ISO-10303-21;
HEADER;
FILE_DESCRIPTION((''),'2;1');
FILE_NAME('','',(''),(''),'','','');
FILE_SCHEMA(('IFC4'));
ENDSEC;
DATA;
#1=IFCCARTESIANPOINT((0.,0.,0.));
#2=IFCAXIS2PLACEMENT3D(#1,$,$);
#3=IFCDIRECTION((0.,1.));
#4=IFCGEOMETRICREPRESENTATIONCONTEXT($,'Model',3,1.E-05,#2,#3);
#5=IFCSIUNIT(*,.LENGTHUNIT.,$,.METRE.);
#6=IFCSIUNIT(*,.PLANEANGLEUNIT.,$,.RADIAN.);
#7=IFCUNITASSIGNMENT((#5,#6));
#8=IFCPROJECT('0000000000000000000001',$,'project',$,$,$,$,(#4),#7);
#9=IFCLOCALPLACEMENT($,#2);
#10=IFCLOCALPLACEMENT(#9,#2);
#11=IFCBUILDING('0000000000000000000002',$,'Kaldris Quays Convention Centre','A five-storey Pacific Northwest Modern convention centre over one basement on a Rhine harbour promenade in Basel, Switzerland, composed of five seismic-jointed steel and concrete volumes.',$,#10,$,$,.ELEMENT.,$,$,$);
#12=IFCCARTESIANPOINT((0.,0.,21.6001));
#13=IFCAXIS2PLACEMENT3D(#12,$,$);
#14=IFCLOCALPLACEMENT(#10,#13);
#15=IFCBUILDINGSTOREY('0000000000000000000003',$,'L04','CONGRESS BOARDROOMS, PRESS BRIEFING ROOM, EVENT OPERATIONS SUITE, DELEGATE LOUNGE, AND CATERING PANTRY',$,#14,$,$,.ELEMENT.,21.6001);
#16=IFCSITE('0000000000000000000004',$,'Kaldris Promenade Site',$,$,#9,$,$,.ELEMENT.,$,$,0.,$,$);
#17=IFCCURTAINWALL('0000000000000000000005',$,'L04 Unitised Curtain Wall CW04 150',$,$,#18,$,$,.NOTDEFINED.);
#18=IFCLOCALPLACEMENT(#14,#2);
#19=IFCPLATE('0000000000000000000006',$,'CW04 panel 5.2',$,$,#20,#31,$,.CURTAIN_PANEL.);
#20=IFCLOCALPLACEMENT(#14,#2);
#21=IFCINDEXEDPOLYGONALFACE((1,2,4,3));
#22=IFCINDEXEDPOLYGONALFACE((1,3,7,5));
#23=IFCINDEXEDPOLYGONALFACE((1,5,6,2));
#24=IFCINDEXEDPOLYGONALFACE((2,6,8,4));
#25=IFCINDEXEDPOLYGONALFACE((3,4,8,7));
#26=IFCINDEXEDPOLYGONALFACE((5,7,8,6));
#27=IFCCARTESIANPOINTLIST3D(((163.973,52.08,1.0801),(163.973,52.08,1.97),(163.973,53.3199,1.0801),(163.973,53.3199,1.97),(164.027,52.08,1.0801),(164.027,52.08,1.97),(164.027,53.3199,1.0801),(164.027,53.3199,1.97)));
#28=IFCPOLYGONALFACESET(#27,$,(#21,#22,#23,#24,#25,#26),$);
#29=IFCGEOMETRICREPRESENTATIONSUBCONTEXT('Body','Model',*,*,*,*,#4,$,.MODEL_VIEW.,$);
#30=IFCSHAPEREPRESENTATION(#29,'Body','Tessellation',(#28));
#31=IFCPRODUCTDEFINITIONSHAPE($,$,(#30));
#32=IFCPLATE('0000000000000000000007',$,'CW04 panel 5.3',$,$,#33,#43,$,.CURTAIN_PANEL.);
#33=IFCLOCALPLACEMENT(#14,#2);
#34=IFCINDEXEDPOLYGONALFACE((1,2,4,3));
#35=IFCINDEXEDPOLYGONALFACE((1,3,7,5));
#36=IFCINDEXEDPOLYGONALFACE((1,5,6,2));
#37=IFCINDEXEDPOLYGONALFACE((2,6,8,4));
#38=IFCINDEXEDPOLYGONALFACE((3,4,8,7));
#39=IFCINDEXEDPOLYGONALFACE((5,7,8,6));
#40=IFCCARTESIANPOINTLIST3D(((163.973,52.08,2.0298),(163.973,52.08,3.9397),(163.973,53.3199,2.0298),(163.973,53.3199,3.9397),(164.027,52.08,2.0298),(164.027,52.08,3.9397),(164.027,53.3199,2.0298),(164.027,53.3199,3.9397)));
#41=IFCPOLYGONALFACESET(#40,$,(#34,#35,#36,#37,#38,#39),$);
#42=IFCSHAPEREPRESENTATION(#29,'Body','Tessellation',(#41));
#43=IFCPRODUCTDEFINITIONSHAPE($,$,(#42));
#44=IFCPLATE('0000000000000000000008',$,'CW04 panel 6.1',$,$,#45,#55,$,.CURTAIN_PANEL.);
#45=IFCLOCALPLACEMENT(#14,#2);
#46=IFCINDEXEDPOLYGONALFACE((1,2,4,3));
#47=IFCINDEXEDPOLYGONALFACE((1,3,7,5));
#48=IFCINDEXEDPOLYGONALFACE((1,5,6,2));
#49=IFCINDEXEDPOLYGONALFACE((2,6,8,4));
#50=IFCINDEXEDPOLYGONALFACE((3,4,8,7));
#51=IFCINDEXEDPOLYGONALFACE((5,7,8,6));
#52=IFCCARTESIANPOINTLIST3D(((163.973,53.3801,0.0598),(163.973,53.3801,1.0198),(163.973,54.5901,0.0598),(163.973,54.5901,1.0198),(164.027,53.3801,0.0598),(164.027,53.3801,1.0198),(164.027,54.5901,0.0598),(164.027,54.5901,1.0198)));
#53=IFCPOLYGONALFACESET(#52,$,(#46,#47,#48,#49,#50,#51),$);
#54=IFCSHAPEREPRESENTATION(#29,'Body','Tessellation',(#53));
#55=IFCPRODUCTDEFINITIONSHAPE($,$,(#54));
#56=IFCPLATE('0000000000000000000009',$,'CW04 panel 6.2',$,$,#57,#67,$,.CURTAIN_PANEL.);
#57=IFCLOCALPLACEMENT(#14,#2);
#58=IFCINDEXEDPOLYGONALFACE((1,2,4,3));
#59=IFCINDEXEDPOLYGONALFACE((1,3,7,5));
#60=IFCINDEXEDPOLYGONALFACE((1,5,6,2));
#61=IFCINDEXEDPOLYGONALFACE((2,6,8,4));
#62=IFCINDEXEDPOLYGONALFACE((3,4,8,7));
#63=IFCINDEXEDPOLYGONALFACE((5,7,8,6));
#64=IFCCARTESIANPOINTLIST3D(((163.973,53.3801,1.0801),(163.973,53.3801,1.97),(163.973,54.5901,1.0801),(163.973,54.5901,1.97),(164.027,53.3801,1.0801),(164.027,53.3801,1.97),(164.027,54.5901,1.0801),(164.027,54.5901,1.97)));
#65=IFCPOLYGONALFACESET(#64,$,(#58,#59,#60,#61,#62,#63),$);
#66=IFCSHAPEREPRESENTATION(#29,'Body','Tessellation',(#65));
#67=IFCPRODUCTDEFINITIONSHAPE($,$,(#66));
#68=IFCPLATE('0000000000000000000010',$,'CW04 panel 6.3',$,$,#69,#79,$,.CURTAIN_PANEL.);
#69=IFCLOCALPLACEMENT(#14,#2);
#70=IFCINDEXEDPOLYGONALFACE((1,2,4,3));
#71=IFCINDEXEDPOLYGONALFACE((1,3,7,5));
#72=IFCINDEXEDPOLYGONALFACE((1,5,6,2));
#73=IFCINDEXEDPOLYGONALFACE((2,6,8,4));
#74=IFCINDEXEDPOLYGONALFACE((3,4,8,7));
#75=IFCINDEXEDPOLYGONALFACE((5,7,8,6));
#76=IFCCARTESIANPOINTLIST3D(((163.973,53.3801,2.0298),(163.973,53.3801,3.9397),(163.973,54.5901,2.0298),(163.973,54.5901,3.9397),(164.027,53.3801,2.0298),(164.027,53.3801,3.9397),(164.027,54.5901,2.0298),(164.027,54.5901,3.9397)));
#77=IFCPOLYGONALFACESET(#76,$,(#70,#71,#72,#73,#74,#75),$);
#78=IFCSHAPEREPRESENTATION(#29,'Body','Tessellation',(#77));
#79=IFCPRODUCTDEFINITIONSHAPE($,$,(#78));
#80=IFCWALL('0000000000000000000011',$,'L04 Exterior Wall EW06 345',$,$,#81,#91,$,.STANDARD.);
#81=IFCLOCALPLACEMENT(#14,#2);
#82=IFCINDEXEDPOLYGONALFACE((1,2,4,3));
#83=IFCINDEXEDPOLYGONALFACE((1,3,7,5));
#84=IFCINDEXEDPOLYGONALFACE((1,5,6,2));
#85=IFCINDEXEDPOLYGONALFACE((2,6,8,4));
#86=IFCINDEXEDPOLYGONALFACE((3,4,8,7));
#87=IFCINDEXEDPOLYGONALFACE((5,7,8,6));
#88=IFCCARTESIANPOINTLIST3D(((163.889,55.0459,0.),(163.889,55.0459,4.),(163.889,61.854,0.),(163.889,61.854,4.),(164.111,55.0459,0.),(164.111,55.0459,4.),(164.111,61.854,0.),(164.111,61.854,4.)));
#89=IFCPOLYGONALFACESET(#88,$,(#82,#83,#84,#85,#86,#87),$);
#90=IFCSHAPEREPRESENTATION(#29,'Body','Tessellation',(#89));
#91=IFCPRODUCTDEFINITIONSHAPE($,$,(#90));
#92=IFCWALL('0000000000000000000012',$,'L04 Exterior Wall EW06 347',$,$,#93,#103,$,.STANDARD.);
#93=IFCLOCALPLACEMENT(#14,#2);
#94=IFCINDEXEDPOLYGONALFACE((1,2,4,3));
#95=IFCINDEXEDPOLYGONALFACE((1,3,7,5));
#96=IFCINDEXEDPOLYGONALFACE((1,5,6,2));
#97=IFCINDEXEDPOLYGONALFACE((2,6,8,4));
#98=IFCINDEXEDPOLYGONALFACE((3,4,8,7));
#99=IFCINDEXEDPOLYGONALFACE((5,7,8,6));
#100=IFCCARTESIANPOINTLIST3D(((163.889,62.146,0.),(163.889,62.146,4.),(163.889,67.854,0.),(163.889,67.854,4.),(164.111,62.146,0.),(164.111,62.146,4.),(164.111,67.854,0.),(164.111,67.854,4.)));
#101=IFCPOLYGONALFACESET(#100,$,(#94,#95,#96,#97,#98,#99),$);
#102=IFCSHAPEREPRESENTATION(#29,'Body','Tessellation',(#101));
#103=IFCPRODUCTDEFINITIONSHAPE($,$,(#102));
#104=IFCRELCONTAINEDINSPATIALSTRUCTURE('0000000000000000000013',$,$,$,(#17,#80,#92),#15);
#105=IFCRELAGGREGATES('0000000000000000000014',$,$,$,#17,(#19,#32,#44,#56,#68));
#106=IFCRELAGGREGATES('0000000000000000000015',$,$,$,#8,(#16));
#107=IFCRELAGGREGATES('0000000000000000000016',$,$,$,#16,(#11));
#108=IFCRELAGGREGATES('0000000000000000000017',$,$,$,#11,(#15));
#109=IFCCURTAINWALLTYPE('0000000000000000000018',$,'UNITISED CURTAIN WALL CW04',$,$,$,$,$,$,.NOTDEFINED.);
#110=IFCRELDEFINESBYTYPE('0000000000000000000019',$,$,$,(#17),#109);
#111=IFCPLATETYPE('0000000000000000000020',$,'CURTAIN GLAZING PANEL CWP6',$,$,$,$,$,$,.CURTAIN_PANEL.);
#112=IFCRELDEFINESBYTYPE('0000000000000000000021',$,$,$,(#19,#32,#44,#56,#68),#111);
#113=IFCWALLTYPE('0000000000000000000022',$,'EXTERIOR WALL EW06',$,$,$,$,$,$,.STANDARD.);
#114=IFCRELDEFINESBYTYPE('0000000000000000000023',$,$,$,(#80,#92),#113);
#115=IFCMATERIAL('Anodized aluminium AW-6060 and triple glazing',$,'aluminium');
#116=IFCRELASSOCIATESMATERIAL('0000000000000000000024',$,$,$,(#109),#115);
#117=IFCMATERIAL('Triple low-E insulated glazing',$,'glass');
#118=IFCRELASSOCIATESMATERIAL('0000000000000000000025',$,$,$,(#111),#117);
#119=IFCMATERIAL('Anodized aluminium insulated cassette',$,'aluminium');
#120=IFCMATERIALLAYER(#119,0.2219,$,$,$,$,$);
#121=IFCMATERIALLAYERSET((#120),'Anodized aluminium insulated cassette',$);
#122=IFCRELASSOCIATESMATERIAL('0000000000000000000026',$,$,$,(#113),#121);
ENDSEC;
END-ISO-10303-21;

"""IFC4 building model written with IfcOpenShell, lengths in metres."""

from ifc_helpers import new_model, si_unit, direction, frame, frame_2d, origin, origin_2d, place, context, subcontext, project, spatial, rectangle, extrude, material, layer, layer_set, type_object, element, aggregate, save


model = new_model("IFC4")

# Units and contexts
model_context = context("Model", 3, precision=1e-05, world=origin(), true_north=direction((0.0, 1.0)))
body_context = subcontext(model_context, "Body", "Model", "MODEL_VIEW")
ifc_project = project(units=[si_unit("LENGTHUNIT", "METRE"), si_unit("PLANEANGLEUNIT", "RADIAN")], contexts=[model_context])

# Site, building, storey
site_placement = place(None, origin())
site = spatial("IfcSite", under=ifc_project, at=site_placement, Name="Kaldris Promenade Site", CompositionType="ELEMENT", RefElevation=0.0)
building_placement = place(site_placement, origin())
building = spatial("IfcBuilding", under=site, at=building_placement, Name="Kaldris Quays Convention Centre", Description="A five-storey Pacific Northwest Modern convention centre over one basement on a Rhine harbour promenade in Basel, Switzerland, composed of five seismic-jointed steel and concrete volumes.", CompositionType="ELEMENT")
storey_placement = place(building_placement, frame((0.0, 0.0, 21.6001)))
storey = spatial("IfcBuildingStorey", under=building, at=storey_placement, Name="L04", Description="CONGRESS BOARDROOMS, PRESS BRIEFING ROOM, EVENT OPERATIONS SUITE, DELEGATE LOUNGE, AND CATERING PANTRY", CompositionType="ELEMENT", Elevation=21.6001)

# Curtain wall
ifc_material_1 = material(Name="Anodized aluminium AW-6060 and triple glazing", Category="aluminium")
curtain_wall_type = type_object("IfcCurtainWallType", Name="UNITISED CURTAIN WALL CW04", PredefinedType="NOTDEFINED", material=ifc_material_1)
curtain_wall_placement = place(storey_placement, origin())
curtain_wall = element("IfcCurtainWall", 1, at=curtain_wall_placement, inside=storey, type_object=curtain_wall_type, Name="L04 Unitised Curtain Wall CW04 150", PredefinedType="NOTDEFINED")

# Plates
ifc_material_2 = material(Name="Triple low-E insulated glazing", Category="glass")
plate_type = type_object("IfcPlateType", Name="CURTAIN GLAZING PANEL CWP6", PredefinedType="CURTAIN_PANEL", material=ifc_material_2)
plate_1_placement = place(storey_placement, frame((164.0, 52.7, 1.0801), z_axis=(0.0, 0.0, 1.0), x_axis=(0.0, 1.0, 0.0)))
plate_1 = element("IfcPlate", 2, at=plate_1_placement, type_object=plate_type, Name="CW04 panel 5.2", PredefinedType="CURTAIN_PANEL", context=body_context, shape_type="SweptSolid", body=[
    extrude(rectangle(XDim=1.24, YDim=0.054, at=origin_2d()), origin(), (0.0, 0.0, 1.0), 0.8899),
])
plate_2_placement = place(storey_placement, frame((164.0, 52.7, 2.0298), z_axis=(0.0, 0.0, 1.0), x_axis=(0.0, 1.0, 0.0)))
plate_2 = element("IfcPlate", 3, at=plate_2_placement, type_object=plate_type, Name="CW04 panel 5.3", PredefinedType="CURTAIN_PANEL", context=body_context, shape_type="SweptSolid", body=[
    extrude(rectangle(XDim=1.24, YDim=0.054, at=origin_2d()), origin(), (0.0, 0.0, 1.0), 1.9099),
])
plate_3_placement = place(storey_placement, frame((164.0, 53.9851, 0.0598), z_axis=(0.0, 0.0, 1.0), x_axis=(0.0, 1.0, 0.0)))
plate_3 = element("IfcPlate", 4, at=plate_3_placement, type_object=plate_type, Name="CW04 panel 6.1", PredefinedType="CURTAIN_PANEL", context=body_context, shape_type="SweptSolid", body=[
    extrude(rectangle(XDim=1.21, YDim=0.054, at=origin_2d()), origin(), (0.0, 0.0, 1.0), 0.96),
])
plate_4_placement = place(storey_placement, frame((164.0, 53.9851, 1.0801), z_axis=(0.0, 0.0, 1.0), x_axis=(0.0, 1.0, 0.0)))
plate_4 = element("IfcPlate", 5, at=plate_4_placement, type_object=plate_type, Name="CW04 panel 6.2", PredefinedType="CURTAIN_PANEL", context=body_context, shape_type="SweptSolid", body=[
    extrude(rectangle(XDim=1.21, YDim=0.054, at=origin_2d()), origin(), (0.0, 0.0, 1.0), 0.8899),
])
plate_5_placement = place(storey_placement, frame((164.0, 53.9851, 2.0298), z_axis=(0.0, 0.0, 1.0), x_axis=(0.0, 1.0, 0.0)))
plate_5 = element("IfcPlate", 6, at=plate_5_placement, type_object=plate_type, Name="CW04 panel 6.3", PredefinedType="CURTAIN_PANEL", context=body_context, shape_type="SweptSolid", body=[
    extrude(rectangle(XDim=1.21, YDim=0.054, at=origin_2d()), origin(), (0.0, 0.0, 1.0), 1.9099),
])
aggregate(curtain_wall, [plate_1, plate_2, plate_3, plate_4, plate_5])

# Walls
ifc_material_3 = material(Name="Anodized aluminium insulated cassette", Category="aluminium")
ifc_layer = layer(ifc_material_3, 0.2219)
ifc_layer_set = layer_set([ifc_layer], Name="Anodized aluminium insulated cassette")
wall_type = type_object("IfcWallType", Name="EXTERIOR WALL EW06", PredefinedType="STANDARD", material=ifc_layer_set)
wall_1_placement = place(storey_placement, frame((164.0, 55.0459, 0.0), z_axis=(0.0, 0.0, 1.0), x_axis=(0.0, 1.0, 0.0)))
element("IfcWall", 7, at=wall_1_placement, inside=storey, type_object=wall_type, Name="L04 Exterior Wall EW06 345", PredefinedType="STANDARD", context=body_context, shape_type="SweptSolid", body=[
    extrude(rectangle(XDim=6.8081, YDim=0.2219, at=frame_2d((3.4041, 0.0))), origin(), (0.0, 0.0, 1.0), 4.0),
])
wall_2_placement = place(storey_placement, frame((164.0, 62.146, 0.0), z_axis=(0.0, 0.0, 1.0), x_axis=(0.0, 1.0, 0.0)))
element("IfcWall", 8, at=wall_2_placement, inside=storey, type_object=wall_type, Name="L04 Exterior Wall EW06 347", PredefinedType="STANDARD", context=body_context, shape_type="SweptSolid", body=[
    extrude(rectangle(XDim=5.708, YDim=0.2219, at=frame_2d((2.854, 0.0))), origin(), (0.0, 0.0, 1.0), 4.0),
])

save(model, "model.ifc")
